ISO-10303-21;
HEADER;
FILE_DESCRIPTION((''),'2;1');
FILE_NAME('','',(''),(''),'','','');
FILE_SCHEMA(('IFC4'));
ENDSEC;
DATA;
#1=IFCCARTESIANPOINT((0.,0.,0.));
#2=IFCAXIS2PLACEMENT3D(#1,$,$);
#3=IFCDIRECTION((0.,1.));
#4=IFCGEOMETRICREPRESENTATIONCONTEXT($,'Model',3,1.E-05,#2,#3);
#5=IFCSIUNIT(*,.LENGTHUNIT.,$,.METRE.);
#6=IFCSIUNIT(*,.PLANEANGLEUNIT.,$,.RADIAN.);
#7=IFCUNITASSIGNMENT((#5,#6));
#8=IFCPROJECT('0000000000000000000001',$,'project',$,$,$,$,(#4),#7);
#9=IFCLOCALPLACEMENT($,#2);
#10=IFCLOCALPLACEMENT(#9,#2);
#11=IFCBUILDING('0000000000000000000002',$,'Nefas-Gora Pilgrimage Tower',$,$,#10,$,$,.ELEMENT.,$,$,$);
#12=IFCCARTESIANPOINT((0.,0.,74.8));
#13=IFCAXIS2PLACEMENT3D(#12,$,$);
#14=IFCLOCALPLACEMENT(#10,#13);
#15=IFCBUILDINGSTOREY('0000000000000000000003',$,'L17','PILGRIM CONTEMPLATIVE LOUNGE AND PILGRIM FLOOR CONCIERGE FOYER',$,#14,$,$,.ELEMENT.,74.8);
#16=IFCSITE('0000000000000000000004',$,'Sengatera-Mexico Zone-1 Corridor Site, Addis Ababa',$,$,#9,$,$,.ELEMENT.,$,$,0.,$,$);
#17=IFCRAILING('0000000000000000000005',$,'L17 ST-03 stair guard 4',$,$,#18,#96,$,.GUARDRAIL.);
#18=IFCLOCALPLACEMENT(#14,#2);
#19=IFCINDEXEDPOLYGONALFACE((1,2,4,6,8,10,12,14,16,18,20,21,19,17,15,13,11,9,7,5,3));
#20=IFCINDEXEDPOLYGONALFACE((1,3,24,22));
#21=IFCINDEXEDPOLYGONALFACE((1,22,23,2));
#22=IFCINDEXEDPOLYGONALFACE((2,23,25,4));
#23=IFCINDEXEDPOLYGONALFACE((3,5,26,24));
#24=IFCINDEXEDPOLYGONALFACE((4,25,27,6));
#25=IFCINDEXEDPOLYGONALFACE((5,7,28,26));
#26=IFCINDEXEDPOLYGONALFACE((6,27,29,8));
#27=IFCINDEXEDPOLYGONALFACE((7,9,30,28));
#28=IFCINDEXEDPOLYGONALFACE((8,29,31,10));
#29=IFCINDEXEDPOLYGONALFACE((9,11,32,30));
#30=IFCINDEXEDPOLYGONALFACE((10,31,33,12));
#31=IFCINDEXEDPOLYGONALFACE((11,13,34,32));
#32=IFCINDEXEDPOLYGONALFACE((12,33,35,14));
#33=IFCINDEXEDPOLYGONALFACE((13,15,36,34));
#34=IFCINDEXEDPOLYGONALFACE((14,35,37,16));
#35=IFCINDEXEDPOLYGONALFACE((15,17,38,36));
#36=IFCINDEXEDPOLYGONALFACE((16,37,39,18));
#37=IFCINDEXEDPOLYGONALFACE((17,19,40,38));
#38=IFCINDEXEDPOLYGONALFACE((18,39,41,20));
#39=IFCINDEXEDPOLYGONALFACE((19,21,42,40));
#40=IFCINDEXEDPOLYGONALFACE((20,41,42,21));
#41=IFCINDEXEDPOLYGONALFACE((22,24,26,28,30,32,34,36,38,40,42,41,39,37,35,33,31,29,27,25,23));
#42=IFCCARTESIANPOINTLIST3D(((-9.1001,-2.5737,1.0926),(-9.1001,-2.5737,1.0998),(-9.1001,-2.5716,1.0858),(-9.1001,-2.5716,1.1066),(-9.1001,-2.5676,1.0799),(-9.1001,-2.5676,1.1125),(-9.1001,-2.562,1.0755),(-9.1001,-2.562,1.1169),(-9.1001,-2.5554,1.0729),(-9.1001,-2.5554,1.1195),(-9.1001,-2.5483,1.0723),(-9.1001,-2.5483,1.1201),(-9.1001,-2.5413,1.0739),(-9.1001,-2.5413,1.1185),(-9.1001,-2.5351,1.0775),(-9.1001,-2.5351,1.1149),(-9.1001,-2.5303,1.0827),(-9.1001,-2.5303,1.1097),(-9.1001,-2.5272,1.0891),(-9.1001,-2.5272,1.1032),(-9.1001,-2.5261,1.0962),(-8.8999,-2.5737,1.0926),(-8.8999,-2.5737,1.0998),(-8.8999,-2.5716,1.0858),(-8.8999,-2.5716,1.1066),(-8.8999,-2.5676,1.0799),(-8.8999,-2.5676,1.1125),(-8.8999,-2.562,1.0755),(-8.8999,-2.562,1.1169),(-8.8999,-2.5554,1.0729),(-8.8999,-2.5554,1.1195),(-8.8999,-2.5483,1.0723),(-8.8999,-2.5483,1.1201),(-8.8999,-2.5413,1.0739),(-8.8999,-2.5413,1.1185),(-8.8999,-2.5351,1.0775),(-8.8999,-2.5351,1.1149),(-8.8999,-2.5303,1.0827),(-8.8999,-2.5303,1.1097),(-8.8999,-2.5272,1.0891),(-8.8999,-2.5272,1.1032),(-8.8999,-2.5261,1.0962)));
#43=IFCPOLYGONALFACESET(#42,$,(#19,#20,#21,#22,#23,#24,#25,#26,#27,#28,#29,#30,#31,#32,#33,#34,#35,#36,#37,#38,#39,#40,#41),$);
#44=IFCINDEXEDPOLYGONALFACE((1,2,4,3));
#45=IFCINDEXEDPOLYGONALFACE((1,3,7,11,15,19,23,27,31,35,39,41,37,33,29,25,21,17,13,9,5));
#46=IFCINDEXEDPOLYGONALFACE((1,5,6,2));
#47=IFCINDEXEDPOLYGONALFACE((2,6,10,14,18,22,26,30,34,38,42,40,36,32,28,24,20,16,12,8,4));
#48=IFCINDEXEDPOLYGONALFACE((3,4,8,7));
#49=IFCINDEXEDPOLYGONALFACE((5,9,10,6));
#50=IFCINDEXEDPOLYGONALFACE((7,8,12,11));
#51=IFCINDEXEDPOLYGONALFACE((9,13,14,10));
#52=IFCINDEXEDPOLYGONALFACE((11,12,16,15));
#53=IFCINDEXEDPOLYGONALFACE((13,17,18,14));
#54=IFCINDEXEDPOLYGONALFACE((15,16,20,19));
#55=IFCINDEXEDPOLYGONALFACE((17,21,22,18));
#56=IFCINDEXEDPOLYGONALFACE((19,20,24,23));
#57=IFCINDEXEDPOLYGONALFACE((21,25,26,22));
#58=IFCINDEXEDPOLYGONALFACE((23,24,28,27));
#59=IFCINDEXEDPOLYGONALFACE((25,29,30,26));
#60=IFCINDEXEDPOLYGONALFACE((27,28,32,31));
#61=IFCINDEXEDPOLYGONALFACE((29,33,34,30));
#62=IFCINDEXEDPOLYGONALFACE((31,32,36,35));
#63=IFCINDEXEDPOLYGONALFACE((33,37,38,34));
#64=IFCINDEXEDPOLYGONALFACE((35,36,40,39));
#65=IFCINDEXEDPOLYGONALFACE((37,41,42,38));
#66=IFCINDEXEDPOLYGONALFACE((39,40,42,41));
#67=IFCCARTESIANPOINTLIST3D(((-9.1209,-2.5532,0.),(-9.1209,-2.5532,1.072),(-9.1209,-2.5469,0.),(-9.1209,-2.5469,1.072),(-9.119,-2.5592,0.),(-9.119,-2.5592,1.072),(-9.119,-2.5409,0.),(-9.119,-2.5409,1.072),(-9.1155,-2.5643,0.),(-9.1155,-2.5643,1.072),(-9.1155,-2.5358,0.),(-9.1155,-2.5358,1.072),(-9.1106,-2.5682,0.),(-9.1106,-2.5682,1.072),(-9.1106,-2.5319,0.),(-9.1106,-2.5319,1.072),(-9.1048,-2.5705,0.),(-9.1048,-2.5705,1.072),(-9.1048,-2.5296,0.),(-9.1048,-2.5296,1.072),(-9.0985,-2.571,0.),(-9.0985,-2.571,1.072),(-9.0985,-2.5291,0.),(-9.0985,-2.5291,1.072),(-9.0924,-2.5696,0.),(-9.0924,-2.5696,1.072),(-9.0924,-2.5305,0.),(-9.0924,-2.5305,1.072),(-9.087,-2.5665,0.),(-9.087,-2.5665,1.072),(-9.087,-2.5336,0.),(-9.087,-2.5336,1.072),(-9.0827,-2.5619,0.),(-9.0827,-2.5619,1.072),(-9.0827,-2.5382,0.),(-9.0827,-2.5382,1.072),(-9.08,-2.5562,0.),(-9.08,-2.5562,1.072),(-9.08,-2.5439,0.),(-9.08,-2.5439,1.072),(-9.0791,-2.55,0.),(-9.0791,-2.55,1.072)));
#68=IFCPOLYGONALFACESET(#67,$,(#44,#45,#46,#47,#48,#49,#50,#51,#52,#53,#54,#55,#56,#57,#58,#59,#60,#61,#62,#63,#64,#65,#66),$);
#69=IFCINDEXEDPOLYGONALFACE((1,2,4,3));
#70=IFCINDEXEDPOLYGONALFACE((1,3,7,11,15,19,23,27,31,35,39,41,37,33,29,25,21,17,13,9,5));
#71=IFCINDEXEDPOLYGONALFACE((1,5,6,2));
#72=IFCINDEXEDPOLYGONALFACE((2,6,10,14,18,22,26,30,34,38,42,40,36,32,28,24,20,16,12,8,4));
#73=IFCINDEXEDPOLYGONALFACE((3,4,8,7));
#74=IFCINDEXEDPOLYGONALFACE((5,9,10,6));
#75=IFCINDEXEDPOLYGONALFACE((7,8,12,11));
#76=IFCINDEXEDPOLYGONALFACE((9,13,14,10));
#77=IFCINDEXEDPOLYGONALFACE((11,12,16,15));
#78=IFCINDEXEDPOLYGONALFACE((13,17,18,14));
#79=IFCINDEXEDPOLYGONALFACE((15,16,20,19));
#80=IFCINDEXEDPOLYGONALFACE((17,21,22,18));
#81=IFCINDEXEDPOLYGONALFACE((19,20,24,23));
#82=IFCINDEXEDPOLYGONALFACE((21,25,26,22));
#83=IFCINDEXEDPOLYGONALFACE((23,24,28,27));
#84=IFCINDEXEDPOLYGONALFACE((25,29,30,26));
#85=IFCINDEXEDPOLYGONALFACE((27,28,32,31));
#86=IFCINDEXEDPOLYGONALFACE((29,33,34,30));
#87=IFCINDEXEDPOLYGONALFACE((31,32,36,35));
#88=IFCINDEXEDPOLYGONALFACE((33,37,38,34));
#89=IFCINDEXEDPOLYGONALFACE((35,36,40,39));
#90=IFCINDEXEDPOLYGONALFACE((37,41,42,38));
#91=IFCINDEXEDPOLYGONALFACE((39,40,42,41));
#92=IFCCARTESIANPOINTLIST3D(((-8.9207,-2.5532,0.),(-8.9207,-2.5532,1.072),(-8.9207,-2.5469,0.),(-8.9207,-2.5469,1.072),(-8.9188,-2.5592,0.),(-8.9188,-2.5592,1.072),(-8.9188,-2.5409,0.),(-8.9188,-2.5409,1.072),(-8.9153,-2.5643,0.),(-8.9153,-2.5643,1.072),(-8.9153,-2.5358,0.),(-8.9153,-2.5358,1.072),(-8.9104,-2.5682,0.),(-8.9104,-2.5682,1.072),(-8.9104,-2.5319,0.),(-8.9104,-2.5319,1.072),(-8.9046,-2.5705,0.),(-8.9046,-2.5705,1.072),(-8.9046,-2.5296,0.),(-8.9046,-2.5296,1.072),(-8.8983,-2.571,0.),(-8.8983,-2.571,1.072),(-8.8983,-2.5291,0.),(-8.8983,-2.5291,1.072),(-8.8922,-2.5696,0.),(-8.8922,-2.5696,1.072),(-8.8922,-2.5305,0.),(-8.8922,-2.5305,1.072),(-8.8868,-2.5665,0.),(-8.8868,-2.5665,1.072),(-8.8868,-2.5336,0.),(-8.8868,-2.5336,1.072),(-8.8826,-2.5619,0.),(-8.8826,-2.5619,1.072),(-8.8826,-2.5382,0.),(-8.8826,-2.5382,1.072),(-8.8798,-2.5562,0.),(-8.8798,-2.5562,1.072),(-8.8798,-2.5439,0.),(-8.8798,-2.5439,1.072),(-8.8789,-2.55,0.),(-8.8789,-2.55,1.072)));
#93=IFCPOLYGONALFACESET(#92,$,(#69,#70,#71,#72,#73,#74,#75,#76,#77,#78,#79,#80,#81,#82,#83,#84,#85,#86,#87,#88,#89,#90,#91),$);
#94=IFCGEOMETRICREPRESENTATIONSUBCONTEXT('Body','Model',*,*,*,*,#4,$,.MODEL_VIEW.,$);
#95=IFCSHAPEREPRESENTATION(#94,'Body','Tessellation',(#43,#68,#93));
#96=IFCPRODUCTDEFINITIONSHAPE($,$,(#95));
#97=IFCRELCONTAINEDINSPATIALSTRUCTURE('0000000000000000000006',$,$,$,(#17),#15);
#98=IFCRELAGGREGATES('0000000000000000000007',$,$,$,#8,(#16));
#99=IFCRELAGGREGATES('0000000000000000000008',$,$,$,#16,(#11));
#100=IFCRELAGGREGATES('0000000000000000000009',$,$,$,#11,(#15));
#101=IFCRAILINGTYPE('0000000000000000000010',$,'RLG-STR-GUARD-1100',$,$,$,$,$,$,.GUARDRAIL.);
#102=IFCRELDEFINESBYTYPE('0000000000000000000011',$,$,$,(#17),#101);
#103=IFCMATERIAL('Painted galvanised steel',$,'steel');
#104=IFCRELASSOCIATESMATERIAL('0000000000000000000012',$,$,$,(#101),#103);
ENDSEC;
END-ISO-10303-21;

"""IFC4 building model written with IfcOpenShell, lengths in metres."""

from ifc_helpers import new_model, si_unit, direction, frame, origin, origin_2d, place, context, subcontext, project, spatial, circle, extrude, material, type_object, element, save


model = new_model("IFC4")

# Units and contexts
model_context = context("Model", 3, precision=1e-05, world=origin(), true_north=direction((0.0, 1.0)))
body_context = subcontext(model_context, "Body", "Model", "MODEL_VIEW")
ifc_project = project(units=[si_unit("LENGTHUNIT", "METRE"), si_unit("PLANEANGLEUNIT", "RADIAN")], contexts=[model_context])

# Site, building, storey
site_placement = place(None, origin())
site = spatial("IfcSite", under=ifc_project, at=site_placement, Name="Sengatera-Mexico Zone-1 Corridor Site, Addis Ababa", CompositionType="ELEMENT", RefElevation=0.0)
building_placement = place(site_placement, origin())
building = spatial("IfcBuilding", under=site, at=building_placement, Name="Nefas-Gora Pilgrimage Tower", CompositionType="ELEMENT")
storey_placement = place(building_placement, frame((0.0, 0.0, 74.8)))
storey = spatial("IfcBuildingStorey", under=building, at=storey_placement, Name="L17", Description="PILGRIM CONTEMPLATIVE LOUNGE AND PILGRIM FLOOR CONCIERGE FOYER", CompositionType="ELEMENT", Elevation=74.8)

# Railing
ifc_material_1 = material(Name="Painted galvanised steel", Category="steel")
railing_type_1 = type_object("IfcRailingType", Name="RLG-STR-GUARD-1100", PredefinedType="GUARDRAIL", material=ifc_material_1)
railing_1_placement = place(storey_placement, frame((-9.1001, -2.55, 0.0)))
element("IfcRailing", 1, at=railing_1_placement, inside=storey, type_object=railing_type_1, Name="L17 ST-03 stair guard 4", PredefinedType="GUARDRAIL", context=body_context, shape_type="SweptSolid", body=[
    extrude(circle(Radius=0.0239, at=origin_2d()), frame((0.0, 0.0, 1.0962), z_axis=(1.0, 0.0, 0.0), x_axis=(0.0, 1.0, 0.0)), (0.0, 0.0, 1.0), 0.2002),
    extrude(circle(Radius=0.021, at=origin_2d()), origin(), (0.0, 0.0, 1.0), 1.072),
    extrude(circle(Radius=0.021, at=origin_2d()), frame((0.2002, 0.0, 0.0)), (0.0, 0.0, 1.0), 1.072),
])

save(model, "model.ifc")
